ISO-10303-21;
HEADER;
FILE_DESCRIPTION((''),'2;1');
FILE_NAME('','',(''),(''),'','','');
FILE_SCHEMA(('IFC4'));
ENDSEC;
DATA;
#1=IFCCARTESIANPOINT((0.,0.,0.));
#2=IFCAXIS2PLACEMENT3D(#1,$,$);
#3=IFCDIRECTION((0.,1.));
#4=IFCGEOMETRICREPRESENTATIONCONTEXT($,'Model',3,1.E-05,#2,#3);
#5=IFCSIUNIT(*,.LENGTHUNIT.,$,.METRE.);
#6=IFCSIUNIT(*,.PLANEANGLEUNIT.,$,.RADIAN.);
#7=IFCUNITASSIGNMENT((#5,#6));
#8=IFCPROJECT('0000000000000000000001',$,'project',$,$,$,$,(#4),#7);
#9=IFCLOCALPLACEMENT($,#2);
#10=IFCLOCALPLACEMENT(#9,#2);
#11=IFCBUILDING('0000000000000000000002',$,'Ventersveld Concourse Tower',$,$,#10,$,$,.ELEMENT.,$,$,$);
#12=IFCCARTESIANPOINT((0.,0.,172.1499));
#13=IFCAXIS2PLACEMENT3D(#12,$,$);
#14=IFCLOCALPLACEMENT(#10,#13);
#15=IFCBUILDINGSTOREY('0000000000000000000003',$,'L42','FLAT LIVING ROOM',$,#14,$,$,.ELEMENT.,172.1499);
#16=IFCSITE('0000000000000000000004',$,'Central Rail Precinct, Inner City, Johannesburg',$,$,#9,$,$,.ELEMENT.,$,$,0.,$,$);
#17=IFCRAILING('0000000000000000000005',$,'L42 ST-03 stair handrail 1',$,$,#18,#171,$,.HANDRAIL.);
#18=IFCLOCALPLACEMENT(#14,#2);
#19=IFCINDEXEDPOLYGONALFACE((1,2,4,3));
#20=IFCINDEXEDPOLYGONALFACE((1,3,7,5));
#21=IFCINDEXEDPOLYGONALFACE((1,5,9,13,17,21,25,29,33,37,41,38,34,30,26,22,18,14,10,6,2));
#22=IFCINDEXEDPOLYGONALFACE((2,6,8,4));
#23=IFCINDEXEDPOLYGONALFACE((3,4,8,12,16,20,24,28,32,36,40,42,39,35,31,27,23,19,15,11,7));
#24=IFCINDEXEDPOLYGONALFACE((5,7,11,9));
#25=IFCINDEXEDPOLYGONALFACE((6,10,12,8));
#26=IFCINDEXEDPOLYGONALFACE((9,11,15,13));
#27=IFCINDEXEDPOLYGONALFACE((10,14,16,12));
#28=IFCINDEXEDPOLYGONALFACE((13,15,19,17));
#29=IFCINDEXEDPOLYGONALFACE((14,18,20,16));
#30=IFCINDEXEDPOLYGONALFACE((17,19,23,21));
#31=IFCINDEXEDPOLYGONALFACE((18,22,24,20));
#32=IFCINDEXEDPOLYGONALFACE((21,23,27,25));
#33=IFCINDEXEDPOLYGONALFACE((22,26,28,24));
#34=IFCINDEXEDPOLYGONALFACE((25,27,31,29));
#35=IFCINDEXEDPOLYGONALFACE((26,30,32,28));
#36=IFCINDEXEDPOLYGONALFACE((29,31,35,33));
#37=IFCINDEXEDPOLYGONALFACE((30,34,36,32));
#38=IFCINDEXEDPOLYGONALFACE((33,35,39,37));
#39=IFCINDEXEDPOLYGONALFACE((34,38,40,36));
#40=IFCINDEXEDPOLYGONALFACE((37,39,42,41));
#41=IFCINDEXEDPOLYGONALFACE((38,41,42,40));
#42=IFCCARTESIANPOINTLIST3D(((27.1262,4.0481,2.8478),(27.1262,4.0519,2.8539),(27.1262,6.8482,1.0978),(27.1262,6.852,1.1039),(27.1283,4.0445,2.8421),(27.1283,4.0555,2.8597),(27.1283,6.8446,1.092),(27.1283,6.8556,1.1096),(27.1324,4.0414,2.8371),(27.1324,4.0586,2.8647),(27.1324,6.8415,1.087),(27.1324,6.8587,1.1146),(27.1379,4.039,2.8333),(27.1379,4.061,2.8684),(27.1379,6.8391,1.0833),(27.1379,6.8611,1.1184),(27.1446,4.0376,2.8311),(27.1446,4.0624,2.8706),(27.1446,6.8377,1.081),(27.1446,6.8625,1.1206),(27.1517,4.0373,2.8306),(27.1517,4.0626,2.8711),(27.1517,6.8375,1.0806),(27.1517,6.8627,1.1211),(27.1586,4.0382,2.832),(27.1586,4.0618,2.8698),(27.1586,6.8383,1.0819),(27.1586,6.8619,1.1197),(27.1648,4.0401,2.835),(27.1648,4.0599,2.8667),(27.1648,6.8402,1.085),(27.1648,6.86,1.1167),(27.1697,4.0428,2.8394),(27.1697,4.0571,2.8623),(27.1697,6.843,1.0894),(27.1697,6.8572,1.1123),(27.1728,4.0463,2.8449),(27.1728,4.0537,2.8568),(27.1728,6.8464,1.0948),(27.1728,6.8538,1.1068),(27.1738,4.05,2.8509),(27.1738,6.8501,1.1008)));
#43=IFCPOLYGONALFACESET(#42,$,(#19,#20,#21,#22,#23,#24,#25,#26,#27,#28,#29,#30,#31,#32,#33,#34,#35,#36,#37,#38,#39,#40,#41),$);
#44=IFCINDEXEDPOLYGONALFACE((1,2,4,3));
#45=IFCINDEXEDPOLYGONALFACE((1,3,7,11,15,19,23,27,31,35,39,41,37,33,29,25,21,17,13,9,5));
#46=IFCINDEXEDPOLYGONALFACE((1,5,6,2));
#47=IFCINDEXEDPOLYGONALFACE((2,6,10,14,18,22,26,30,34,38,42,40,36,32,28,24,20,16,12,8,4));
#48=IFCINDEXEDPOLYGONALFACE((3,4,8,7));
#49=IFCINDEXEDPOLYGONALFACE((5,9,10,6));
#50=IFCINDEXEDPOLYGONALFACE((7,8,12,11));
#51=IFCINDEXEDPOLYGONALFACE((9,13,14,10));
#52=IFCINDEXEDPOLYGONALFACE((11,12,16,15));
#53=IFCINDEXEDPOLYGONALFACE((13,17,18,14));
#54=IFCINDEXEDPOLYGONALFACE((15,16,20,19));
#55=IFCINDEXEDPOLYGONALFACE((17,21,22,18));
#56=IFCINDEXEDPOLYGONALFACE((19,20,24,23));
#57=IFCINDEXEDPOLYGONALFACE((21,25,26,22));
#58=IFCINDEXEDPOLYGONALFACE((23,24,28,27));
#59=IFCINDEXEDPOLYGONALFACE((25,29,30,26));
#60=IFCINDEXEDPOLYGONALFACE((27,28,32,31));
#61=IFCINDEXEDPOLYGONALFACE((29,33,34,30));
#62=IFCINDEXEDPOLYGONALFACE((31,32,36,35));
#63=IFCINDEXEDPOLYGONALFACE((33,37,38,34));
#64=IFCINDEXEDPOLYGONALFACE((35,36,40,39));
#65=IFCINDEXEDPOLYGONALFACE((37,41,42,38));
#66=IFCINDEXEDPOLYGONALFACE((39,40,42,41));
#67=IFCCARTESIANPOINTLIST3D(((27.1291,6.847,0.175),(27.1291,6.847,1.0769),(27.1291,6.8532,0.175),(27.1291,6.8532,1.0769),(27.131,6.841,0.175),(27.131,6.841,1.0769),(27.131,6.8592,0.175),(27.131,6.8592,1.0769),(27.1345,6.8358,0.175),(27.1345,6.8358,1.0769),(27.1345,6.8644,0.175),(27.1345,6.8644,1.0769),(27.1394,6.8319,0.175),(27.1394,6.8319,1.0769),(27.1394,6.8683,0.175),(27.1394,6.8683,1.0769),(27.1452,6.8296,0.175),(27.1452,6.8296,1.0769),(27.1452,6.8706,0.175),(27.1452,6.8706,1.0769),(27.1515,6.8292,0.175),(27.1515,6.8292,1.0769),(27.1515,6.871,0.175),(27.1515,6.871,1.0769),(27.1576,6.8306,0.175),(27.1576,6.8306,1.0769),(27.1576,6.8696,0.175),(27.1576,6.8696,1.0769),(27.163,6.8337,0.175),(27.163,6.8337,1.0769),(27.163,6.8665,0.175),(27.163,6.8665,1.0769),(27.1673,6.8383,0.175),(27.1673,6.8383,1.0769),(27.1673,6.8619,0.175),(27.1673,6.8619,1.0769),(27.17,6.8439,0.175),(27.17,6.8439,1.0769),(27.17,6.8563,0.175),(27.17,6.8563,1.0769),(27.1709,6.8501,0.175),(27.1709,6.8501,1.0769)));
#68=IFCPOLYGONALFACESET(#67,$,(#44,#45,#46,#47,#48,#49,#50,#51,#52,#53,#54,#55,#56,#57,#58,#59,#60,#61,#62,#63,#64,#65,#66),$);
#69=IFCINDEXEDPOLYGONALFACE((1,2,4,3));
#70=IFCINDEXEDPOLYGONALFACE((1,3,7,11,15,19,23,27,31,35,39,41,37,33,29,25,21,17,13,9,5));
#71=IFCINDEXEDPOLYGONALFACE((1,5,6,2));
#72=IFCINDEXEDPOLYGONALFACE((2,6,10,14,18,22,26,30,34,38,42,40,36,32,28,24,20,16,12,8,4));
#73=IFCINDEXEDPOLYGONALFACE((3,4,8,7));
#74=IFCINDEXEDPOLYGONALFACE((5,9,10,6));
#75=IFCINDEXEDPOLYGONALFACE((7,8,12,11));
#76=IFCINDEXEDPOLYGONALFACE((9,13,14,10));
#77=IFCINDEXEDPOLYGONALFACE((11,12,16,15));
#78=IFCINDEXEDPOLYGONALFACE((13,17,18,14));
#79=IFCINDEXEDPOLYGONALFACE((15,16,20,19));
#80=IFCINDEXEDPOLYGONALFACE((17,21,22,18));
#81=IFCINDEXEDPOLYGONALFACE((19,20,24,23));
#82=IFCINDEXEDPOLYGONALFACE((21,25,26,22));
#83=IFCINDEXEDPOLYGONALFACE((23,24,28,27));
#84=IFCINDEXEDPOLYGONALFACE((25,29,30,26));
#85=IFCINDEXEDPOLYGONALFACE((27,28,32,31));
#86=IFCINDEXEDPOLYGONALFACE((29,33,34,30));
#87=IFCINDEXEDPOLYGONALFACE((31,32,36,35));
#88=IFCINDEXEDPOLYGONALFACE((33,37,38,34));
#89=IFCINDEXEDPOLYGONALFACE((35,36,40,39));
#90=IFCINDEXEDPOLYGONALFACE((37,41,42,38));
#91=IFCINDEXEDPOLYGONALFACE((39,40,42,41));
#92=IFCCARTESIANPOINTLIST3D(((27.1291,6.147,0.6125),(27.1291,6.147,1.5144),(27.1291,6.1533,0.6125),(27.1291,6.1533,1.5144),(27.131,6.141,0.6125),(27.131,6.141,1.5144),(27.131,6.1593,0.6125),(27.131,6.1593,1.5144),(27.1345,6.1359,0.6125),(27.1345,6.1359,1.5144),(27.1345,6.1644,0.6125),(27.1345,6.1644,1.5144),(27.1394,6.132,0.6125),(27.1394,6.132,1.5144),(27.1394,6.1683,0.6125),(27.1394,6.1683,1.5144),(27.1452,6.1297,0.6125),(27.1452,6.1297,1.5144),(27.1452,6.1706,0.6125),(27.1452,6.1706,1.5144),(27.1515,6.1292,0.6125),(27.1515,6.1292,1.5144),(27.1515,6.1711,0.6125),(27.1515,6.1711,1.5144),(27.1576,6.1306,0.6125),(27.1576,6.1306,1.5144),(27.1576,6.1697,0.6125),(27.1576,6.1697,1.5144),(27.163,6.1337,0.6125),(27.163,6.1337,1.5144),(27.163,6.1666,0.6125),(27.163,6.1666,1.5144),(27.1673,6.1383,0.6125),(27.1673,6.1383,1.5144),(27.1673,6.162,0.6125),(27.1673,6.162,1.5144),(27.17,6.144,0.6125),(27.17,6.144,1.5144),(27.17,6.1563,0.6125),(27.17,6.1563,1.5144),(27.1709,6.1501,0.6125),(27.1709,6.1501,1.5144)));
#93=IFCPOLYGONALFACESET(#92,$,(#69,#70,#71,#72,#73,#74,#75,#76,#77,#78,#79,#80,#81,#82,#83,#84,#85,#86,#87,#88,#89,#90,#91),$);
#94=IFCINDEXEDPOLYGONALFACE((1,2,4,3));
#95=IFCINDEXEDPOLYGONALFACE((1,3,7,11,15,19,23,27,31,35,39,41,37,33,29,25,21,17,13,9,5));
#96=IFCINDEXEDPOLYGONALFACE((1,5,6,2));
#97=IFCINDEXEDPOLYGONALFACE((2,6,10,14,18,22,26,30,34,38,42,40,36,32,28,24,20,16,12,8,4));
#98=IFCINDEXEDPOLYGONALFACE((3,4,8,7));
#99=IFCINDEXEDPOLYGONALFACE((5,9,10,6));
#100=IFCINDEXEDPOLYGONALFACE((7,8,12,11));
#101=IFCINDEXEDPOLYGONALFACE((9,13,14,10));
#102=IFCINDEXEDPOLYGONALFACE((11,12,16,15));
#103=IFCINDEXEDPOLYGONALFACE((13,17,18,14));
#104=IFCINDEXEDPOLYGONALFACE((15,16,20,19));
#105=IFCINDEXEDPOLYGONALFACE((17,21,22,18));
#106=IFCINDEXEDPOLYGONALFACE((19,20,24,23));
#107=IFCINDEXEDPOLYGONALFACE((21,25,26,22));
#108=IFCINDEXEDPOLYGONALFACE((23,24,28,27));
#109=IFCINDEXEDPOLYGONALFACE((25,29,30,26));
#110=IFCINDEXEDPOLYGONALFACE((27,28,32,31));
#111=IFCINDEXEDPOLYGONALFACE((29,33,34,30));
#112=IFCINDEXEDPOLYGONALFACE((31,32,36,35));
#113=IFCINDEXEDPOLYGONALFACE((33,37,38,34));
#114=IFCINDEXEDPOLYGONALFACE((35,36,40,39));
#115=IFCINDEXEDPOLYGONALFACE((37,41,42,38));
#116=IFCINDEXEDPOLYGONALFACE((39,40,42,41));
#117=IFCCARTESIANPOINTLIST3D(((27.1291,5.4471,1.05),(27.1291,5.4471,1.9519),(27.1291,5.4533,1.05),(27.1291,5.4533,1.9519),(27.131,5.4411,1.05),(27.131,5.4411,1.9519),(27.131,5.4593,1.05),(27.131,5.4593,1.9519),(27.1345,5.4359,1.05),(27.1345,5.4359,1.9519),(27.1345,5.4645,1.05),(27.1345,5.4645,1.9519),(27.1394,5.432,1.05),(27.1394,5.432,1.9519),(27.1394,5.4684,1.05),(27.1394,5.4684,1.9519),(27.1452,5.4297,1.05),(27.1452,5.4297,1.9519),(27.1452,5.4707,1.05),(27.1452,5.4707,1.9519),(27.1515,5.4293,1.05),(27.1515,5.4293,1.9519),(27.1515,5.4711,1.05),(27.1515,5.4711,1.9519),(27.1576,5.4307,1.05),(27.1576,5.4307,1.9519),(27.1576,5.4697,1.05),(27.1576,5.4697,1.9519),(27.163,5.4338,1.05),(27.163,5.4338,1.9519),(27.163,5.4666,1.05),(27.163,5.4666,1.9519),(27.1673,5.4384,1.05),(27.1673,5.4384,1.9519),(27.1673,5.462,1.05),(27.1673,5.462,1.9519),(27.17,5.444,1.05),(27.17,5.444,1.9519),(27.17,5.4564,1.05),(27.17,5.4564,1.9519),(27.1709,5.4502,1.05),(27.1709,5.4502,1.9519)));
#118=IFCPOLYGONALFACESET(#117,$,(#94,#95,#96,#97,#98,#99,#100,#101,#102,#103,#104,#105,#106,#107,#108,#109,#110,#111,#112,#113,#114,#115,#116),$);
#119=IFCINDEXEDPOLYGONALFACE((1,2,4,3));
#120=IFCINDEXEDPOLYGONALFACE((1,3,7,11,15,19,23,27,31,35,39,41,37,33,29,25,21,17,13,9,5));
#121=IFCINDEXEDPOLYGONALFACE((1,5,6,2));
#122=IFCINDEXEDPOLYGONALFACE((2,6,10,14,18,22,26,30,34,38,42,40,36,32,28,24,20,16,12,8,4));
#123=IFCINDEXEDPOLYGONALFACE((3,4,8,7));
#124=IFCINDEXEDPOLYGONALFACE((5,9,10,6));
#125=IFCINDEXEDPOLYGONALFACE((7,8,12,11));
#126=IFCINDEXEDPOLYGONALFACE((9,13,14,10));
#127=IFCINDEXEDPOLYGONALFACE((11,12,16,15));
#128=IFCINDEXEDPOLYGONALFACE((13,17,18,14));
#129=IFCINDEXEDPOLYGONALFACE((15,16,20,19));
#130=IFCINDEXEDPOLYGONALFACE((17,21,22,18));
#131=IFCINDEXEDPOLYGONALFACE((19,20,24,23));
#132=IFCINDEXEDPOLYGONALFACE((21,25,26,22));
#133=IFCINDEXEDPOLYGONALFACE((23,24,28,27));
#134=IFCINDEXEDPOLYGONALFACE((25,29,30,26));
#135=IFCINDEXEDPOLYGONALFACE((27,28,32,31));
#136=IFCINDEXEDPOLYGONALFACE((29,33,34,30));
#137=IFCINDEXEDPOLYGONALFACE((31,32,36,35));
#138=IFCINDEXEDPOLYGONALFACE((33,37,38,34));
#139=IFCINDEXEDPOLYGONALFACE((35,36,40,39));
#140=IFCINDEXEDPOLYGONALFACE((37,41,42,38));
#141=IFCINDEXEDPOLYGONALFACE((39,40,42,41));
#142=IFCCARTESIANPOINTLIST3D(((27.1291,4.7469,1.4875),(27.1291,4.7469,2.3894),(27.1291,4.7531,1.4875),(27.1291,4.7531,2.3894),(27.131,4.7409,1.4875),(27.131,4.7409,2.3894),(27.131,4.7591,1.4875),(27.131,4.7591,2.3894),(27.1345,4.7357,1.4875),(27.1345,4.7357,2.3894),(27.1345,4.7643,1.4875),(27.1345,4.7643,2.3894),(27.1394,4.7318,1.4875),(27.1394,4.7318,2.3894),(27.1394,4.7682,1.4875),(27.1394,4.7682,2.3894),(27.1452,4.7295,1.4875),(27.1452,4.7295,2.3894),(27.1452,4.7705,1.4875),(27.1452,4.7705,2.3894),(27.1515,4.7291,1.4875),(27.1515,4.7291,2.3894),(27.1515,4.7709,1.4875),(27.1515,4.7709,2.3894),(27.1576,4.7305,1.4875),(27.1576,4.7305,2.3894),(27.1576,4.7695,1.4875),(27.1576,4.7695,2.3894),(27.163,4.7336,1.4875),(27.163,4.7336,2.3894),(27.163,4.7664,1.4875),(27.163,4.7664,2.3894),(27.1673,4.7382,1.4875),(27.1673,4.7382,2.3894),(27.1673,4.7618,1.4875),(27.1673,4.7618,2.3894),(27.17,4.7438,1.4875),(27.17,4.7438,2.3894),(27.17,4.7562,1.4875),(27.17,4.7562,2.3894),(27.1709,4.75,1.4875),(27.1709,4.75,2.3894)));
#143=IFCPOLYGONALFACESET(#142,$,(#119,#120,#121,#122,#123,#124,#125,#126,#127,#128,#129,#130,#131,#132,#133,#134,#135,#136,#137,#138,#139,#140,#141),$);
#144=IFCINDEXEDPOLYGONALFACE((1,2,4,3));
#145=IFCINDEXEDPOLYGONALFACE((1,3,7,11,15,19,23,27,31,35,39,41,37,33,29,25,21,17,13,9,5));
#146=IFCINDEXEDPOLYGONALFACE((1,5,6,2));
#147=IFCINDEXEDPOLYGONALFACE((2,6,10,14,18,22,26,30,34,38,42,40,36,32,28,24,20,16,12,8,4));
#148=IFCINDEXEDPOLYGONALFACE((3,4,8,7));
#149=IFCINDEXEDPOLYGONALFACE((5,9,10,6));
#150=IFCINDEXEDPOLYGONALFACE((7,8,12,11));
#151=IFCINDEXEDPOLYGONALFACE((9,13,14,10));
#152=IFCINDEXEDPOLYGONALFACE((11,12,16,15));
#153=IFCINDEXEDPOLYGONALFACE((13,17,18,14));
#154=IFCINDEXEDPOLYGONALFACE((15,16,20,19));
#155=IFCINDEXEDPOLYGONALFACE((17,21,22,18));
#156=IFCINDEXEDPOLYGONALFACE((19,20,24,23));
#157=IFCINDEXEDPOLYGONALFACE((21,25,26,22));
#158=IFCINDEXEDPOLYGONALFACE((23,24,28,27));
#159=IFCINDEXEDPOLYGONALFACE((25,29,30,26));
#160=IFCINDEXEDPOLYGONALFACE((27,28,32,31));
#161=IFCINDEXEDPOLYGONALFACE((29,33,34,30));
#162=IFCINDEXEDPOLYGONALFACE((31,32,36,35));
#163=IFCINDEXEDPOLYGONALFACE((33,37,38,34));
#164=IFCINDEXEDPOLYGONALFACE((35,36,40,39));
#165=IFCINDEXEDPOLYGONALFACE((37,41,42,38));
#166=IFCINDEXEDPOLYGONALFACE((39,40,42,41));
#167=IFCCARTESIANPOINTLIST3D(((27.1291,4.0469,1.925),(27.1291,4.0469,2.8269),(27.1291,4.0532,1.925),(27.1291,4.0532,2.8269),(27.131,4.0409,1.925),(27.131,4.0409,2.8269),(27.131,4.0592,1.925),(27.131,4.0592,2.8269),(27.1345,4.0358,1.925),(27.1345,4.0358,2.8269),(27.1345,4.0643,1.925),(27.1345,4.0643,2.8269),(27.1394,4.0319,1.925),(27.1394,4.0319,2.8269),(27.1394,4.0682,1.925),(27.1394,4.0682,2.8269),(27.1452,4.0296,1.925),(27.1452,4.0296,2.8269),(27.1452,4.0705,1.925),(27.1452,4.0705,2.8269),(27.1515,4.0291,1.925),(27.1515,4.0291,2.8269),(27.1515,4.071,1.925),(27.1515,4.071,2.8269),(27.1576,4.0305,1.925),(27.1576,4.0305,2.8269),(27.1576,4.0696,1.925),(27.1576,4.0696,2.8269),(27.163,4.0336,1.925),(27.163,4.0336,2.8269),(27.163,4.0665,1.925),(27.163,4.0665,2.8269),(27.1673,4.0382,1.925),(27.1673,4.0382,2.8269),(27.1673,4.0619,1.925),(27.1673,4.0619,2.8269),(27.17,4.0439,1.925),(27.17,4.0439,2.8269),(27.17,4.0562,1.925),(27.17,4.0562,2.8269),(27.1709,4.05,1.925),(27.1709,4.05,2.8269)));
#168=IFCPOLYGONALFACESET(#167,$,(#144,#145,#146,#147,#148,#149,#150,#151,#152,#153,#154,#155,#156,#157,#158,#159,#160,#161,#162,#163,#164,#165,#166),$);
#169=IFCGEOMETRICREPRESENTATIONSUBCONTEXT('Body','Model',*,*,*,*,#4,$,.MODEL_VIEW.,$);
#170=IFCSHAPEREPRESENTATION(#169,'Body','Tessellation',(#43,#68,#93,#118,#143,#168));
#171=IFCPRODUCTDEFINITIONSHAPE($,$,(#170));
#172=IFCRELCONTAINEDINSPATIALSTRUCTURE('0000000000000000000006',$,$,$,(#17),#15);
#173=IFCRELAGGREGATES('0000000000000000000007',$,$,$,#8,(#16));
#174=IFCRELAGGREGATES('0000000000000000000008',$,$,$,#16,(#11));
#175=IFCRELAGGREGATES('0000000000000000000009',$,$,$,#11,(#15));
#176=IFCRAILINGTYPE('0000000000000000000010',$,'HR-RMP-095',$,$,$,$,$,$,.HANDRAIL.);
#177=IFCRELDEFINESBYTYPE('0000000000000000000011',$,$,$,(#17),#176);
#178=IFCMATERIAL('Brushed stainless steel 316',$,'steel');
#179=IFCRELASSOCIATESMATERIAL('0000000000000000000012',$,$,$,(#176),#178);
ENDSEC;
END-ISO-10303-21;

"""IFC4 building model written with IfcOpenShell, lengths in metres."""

from ifc_helpers import new_model, si_unit, direction, frame, origin, origin_2d, place, context, subcontext, project, spatial, circle, extrude, material, type_object, element, save


model = new_model("IFC4")

# Units and contexts
model_context = context("Model", 3, precision=1e-05, world=origin(), true_north=direction((0.0, 1.0)))
body_context = subcontext(model_context, "Body", "Model", "MODEL_VIEW")
ifc_project = project(units=[si_unit("LENGTHUNIT", "METRE"), si_unit("PLANEANGLEUNIT", "RADIAN")], contexts=[model_context])

# Site, building, storey
site_placement = place(None, origin())
site = spatial("IfcSite", under=ifc_project, at=site_placement, Name="Central Rail Precinct, Inner City, Johannesburg", CompositionType="ELEMENT", RefElevation=0.0)
building_placement = place(site_placement, origin())
building = spatial("IfcBuilding", under=site, at=building_placement, Name="Ventersveld Concourse Tower", CompositionType="ELEMENT")
storey_placement = place(building_placement, frame((0.0, 0.0, 172.1499)))
storey = spatial("IfcBuildingStorey", under=building, at=storey_placement, Name="L42", Description="FLAT LIVING ROOM", CompositionType="ELEMENT", Elevation=172.1499)

# Shared definitions
ifc_material_1 = material(Name="Brushed stainless steel 316", Category="steel")

# Railing
railing_type_1 = type_object("IfcRailingType", Name="HR-RMP-095", PredefinedType="HANDRAIL", material=ifc_material_1)
railing_1_placement = place(storey_placement, frame((27.1499, 6.8501, 0.175)))
element("IfcRailing", 1, at=railing_1_placement, inside=storey, type_object=railing_type_1, Name="L42 ST-03 stair handrail 1", PredefinedType="HANDRAIL", context=body_context, shape_type="SweptSolid", body=[
    extrude(circle(Radius=0.0239, at=origin_2d()), frame((0.0, 0.0, 0.9258), z_axis=(0.0, -0.848002, 0.529992), x_axis=(1.0, 0.0, 0.0)), (0.0, 0.0, 1.0), 3.302),
    extrude(circle(Radius=0.021, at=origin_2d()), origin(), (0.0, 0.0, 1.0), 0.9019),
    extrude(circle(Radius=0.021, at=origin_2d()), frame((0.0, -0.7, 0.4375)), (0.0, 0.0, 1.0), 0.9019),
    extrude(circle(Radius=0.021, at=origin_2d()), frame((0.0, -1.3999, 0.875)), (0.0, 0.0, 1.0), 0.9019),
    extrude(circle(Radius=0.021, at=origin_2d()), frame((0.0, -2.1001, 1.3125)), (0.0, 0.0, 1.0), 0.9019),
    extrude(circle(Radius=0.021, at=origin_2d()), frame((0.0, -2.8, 1.75)), (0.0, 0.0, 1.0), 0.9019),
])

save(model, "model.ifc")
